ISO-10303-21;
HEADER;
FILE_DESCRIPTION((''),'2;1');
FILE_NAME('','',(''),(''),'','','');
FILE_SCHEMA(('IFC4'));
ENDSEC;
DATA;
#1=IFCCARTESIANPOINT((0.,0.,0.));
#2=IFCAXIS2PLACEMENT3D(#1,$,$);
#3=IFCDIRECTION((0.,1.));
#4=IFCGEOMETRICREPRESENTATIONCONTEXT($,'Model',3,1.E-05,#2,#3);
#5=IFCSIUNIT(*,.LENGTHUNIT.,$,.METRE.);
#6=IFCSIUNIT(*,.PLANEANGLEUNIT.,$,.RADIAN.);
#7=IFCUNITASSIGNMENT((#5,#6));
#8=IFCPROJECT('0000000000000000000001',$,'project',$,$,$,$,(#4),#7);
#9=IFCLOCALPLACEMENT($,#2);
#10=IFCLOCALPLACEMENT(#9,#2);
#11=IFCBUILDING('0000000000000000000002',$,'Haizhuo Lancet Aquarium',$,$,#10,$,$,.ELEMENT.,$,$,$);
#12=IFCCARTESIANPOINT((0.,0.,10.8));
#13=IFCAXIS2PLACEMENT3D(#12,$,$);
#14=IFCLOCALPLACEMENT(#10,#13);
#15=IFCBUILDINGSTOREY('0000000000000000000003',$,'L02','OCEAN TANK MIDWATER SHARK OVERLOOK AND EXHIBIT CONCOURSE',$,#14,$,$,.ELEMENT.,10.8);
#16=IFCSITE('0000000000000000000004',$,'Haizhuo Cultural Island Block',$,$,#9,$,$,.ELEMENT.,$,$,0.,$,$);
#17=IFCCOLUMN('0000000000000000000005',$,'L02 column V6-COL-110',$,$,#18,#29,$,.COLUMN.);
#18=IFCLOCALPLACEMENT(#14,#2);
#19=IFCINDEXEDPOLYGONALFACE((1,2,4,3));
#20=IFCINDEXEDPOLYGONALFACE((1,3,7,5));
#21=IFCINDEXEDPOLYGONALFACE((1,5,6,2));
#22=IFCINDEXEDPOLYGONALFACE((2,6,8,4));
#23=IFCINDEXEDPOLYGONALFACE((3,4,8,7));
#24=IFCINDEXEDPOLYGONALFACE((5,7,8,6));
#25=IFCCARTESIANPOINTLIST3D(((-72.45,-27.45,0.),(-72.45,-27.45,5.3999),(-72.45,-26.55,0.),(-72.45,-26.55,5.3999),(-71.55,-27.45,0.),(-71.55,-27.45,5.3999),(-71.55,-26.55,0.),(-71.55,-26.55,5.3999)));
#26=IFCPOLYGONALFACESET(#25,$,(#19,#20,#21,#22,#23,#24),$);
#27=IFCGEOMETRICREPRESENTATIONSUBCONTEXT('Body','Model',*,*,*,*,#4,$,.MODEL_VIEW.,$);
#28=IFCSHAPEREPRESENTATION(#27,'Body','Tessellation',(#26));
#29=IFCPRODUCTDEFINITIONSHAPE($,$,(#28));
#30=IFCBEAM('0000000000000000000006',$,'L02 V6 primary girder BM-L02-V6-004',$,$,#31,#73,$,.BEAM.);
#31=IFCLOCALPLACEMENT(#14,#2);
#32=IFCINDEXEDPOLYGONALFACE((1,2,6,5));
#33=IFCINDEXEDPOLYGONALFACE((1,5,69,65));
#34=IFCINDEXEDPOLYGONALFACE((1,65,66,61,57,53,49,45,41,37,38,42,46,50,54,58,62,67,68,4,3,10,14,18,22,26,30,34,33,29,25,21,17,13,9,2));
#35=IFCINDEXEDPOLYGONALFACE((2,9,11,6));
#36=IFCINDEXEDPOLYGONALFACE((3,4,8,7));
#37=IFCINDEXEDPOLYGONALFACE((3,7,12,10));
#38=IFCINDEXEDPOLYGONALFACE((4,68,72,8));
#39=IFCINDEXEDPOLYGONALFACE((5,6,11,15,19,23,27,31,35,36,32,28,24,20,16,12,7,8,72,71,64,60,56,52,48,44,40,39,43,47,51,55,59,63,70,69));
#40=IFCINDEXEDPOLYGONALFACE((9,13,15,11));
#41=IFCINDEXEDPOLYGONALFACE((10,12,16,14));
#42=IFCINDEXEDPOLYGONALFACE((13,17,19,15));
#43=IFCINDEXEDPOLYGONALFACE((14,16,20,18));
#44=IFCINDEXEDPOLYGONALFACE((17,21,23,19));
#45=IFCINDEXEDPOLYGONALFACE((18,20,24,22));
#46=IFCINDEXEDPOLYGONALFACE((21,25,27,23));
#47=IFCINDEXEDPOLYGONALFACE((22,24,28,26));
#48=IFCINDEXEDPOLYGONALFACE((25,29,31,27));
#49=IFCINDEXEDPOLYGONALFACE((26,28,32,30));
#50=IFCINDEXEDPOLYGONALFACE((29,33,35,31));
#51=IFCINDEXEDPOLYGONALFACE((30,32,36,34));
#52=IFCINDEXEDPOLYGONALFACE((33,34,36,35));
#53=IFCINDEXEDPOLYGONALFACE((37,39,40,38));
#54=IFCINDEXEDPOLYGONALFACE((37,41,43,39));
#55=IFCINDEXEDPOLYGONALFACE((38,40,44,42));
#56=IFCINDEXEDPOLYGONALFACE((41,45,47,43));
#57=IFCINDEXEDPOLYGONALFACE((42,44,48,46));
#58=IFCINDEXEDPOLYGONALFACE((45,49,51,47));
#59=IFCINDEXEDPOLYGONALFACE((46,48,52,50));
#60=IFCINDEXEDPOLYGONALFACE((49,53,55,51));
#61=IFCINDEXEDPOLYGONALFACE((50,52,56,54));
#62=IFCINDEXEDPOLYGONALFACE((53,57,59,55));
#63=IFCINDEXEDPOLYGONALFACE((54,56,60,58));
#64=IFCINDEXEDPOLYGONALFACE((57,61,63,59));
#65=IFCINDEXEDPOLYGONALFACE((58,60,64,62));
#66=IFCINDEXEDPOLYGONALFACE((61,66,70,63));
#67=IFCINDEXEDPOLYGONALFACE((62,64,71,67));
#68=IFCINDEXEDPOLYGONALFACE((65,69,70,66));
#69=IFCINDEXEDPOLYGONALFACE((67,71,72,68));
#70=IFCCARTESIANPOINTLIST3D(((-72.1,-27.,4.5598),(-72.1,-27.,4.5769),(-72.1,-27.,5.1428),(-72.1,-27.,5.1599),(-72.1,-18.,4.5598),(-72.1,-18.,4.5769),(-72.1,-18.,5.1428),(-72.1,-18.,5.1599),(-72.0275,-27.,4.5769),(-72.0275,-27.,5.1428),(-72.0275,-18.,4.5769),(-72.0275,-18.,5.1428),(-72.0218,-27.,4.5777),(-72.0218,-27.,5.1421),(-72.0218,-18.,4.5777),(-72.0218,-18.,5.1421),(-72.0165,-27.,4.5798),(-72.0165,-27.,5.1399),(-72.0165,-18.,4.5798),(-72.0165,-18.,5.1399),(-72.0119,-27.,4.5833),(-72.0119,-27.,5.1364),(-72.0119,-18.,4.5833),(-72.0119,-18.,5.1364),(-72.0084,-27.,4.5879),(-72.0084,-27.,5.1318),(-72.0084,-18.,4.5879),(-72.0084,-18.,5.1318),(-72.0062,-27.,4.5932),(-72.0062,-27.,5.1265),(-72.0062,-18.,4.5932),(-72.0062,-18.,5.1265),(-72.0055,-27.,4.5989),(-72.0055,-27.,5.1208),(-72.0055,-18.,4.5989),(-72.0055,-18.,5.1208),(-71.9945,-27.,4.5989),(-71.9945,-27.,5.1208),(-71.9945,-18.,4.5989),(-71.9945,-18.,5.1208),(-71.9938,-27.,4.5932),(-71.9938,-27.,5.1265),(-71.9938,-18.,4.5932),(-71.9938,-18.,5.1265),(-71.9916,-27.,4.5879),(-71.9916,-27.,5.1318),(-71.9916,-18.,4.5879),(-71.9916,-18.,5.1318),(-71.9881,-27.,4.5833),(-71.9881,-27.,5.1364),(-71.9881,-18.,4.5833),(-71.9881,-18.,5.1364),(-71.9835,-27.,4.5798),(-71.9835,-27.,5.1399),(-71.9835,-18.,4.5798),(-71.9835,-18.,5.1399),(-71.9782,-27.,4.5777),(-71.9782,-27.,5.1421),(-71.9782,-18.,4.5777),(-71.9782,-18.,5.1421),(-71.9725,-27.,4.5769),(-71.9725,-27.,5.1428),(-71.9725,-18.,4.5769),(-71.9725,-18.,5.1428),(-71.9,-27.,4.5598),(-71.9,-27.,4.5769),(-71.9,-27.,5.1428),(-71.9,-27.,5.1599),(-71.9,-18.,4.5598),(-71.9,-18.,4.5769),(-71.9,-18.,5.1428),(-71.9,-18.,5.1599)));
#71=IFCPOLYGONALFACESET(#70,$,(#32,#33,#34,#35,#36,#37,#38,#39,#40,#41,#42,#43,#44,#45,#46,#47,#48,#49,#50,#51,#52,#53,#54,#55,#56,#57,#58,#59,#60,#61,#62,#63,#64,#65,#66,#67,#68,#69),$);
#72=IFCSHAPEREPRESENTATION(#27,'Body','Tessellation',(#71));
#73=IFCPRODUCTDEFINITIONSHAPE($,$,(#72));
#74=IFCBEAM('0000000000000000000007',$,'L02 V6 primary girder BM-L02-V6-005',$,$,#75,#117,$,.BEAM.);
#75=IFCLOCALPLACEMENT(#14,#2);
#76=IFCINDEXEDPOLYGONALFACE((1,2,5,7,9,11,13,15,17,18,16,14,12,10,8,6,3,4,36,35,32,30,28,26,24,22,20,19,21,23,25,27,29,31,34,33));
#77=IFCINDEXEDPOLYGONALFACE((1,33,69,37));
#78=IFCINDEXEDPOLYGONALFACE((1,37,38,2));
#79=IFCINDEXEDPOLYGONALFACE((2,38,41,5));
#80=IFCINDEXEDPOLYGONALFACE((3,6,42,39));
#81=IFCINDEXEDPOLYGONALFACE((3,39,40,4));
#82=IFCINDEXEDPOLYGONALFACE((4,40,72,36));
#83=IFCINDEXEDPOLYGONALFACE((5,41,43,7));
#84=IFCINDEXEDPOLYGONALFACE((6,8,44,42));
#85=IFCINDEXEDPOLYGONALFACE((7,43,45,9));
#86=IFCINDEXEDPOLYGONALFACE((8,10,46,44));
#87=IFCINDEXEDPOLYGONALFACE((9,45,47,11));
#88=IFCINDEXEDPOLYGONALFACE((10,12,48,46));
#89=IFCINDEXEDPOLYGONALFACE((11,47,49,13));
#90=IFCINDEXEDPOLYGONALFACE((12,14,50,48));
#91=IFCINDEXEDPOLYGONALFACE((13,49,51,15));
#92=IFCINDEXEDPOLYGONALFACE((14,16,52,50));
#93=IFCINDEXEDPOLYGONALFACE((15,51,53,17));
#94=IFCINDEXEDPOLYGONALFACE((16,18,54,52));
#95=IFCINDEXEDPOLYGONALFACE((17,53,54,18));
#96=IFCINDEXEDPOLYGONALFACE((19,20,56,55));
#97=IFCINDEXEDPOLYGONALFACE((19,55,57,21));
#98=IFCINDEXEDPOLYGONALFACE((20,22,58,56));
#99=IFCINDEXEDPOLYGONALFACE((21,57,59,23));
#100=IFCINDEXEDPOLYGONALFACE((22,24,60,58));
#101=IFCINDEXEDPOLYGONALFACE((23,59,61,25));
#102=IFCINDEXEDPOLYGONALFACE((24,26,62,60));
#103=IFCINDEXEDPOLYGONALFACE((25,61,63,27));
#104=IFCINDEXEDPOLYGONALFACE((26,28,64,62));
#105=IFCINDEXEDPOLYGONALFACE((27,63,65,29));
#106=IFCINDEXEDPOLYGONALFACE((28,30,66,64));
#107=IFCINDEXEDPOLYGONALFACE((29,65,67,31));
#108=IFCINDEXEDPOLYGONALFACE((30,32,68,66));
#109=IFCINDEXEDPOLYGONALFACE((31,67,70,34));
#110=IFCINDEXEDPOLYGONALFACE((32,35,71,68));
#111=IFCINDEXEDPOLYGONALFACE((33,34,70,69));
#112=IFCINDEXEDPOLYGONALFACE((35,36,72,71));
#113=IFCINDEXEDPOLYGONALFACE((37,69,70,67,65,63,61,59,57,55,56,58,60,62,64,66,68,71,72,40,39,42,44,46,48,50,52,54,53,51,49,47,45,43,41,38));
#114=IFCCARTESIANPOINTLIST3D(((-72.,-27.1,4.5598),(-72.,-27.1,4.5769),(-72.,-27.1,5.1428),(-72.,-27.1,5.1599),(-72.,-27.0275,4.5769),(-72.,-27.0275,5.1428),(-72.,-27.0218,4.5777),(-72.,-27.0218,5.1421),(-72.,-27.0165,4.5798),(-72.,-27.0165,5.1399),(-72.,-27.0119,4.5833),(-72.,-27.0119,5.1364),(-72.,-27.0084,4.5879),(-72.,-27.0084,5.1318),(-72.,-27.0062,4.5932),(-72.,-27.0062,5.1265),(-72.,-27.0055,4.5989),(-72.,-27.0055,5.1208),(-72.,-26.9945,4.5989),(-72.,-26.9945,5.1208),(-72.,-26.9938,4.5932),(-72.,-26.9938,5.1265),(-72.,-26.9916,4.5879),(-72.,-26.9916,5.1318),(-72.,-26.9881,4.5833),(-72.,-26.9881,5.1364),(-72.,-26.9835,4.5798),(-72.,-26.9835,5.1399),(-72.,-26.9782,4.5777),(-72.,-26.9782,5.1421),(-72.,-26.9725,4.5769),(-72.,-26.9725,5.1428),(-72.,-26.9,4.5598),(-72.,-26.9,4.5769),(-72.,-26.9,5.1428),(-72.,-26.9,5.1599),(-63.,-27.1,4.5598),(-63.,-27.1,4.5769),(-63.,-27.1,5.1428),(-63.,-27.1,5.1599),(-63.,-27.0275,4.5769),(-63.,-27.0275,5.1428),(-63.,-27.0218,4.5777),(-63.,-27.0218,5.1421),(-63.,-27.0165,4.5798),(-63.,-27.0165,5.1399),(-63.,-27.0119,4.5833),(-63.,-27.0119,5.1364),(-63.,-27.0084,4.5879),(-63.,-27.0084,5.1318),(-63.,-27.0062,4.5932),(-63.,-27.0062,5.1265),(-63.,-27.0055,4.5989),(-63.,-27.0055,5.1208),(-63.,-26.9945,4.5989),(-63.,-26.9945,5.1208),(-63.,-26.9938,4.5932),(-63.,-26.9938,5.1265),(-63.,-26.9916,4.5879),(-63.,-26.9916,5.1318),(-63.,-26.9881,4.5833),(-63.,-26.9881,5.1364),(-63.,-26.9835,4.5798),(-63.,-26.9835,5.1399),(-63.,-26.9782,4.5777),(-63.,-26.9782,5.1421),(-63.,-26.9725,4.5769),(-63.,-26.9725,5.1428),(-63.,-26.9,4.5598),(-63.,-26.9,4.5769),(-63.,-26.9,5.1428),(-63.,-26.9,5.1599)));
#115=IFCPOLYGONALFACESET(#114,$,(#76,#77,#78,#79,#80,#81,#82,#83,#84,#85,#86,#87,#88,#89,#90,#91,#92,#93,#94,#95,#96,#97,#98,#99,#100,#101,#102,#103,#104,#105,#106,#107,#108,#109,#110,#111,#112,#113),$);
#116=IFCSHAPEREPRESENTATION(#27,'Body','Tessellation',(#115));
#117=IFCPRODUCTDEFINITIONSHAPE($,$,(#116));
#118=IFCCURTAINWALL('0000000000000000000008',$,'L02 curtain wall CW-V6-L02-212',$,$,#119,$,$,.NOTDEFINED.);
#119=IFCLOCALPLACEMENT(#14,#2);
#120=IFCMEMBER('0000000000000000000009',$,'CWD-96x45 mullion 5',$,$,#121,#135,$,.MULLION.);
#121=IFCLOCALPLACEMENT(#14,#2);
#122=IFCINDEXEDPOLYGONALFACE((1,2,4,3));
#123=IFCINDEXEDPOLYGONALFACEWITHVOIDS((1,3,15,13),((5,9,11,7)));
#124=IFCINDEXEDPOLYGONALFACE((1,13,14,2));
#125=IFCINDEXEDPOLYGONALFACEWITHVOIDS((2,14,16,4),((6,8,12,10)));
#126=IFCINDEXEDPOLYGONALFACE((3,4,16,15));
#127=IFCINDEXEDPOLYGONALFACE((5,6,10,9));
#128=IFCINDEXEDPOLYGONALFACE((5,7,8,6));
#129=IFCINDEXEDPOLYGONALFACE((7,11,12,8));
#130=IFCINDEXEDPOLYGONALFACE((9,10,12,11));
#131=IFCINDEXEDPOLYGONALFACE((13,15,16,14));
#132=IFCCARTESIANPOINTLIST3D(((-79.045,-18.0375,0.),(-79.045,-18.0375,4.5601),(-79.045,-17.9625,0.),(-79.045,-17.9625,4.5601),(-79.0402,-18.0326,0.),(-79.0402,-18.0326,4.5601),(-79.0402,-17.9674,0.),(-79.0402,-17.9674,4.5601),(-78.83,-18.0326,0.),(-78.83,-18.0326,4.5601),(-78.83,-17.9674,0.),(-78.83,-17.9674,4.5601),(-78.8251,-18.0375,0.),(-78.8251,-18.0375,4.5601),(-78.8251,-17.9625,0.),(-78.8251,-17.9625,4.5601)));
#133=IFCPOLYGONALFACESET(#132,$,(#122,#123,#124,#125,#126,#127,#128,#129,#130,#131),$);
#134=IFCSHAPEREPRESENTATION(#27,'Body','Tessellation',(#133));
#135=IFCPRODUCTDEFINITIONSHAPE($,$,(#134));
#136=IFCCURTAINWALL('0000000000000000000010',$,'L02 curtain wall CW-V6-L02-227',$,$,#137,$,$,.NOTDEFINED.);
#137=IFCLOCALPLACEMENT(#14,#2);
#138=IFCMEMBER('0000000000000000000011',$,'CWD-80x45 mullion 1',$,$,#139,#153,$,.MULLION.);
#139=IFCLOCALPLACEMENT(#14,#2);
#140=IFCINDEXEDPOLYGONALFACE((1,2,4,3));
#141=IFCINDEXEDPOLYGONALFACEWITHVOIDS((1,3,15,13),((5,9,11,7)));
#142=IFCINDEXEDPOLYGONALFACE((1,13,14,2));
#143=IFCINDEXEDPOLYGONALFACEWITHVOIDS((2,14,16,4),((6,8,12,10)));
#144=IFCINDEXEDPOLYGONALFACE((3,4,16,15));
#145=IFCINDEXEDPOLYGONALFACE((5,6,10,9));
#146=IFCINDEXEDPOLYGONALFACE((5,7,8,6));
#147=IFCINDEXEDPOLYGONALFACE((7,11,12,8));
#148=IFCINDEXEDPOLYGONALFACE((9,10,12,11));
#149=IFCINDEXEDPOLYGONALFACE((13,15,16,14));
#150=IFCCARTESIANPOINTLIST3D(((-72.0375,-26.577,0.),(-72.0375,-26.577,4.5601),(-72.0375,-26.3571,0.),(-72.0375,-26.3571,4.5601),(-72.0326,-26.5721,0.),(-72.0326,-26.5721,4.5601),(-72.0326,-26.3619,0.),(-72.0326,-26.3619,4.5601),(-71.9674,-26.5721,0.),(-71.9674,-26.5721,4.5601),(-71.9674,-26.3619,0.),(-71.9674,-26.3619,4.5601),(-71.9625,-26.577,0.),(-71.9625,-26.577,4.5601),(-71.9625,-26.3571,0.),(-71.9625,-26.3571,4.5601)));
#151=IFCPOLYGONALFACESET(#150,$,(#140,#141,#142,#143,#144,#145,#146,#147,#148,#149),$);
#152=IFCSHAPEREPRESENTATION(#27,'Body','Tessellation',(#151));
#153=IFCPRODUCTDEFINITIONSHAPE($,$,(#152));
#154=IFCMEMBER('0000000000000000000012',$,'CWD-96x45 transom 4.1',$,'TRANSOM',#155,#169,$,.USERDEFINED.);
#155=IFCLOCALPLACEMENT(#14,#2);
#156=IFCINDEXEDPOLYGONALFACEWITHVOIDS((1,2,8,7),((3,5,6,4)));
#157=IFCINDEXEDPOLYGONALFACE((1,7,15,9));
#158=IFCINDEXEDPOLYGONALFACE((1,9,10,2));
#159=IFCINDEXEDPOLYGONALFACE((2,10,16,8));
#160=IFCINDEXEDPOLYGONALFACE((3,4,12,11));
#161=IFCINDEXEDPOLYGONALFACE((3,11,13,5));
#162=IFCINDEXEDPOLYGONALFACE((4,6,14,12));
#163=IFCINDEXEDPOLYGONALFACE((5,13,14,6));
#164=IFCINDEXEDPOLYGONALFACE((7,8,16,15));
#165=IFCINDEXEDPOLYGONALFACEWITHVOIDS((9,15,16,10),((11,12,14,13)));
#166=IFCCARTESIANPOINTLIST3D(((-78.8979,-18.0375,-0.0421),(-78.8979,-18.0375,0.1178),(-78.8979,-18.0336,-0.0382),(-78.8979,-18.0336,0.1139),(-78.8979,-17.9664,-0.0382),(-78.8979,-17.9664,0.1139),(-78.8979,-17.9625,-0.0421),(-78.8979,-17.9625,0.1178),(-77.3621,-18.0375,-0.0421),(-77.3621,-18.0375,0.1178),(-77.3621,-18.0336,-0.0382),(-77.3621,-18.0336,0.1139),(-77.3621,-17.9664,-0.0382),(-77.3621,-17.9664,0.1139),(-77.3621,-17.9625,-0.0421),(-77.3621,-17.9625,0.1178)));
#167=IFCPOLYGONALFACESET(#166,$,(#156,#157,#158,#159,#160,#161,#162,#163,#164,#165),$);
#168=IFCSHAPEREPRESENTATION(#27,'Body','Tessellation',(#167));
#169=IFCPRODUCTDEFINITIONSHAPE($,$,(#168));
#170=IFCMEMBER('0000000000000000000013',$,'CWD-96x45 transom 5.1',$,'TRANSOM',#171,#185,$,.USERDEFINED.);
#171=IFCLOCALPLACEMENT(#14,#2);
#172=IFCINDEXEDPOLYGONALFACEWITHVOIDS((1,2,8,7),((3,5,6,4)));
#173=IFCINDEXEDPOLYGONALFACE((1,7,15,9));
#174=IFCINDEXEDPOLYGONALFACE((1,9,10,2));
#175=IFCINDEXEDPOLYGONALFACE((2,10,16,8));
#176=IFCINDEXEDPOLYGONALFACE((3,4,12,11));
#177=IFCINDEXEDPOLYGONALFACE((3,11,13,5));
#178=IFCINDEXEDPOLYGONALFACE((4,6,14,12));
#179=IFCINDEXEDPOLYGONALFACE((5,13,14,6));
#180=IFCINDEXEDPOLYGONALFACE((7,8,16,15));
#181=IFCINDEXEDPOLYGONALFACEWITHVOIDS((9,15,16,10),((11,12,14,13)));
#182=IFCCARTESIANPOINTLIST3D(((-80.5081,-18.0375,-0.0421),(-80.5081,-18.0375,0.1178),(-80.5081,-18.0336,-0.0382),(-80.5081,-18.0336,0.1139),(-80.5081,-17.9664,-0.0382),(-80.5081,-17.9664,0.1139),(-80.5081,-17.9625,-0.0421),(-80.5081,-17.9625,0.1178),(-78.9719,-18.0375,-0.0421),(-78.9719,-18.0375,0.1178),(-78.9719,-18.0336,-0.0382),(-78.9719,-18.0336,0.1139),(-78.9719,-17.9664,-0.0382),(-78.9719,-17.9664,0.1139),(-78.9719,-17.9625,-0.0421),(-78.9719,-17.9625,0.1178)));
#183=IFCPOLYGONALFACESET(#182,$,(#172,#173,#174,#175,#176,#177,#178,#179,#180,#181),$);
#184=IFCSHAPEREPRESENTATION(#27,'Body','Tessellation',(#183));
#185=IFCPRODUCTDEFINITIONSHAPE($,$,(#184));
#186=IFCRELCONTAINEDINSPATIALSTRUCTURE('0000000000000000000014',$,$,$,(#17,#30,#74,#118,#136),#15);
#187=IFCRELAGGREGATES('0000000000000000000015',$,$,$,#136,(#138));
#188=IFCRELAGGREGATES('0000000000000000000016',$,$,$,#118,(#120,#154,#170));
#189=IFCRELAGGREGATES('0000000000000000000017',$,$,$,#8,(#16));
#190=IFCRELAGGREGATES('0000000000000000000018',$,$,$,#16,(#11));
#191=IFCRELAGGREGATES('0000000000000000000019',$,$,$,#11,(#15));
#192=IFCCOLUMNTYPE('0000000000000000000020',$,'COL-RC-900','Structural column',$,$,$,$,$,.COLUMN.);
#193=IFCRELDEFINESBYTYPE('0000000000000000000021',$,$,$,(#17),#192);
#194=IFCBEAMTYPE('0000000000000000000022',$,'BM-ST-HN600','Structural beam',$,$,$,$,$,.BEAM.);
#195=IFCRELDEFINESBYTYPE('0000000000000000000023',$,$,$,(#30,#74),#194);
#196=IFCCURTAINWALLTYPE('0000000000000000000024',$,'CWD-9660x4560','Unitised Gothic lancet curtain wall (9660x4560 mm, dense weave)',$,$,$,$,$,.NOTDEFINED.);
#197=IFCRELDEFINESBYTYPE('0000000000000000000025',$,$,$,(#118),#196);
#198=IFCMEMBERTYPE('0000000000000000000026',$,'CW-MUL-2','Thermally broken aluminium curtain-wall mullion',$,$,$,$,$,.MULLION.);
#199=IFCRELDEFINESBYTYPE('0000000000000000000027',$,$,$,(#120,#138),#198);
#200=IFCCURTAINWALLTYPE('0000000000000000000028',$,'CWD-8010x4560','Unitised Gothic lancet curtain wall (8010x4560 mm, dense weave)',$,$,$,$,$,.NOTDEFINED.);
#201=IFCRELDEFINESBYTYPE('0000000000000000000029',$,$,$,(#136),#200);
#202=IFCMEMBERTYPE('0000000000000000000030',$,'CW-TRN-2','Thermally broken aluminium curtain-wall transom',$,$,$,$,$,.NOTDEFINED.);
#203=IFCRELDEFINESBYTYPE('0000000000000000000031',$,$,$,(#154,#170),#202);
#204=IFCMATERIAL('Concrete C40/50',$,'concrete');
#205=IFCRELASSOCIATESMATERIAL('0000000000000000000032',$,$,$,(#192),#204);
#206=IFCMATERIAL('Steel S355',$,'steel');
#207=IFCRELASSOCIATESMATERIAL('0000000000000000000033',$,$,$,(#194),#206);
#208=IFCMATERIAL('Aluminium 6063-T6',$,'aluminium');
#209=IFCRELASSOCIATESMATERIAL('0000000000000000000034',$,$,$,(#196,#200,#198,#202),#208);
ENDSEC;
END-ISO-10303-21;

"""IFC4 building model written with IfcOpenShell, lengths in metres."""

from ifc_helpers import new_model, si_unit, direction, frame, origin, origin_2d, place, context, subcontext, project, spatial, rectangle, hollow_rectangle, i_section, extrude, material, material_profile, profile_set, type_object, element, aggregate, save


model = new_model("IFC4")

# Units and contexts
model_context = context("Model", 3, precision=1e-05, world=origin(), true_north=direction((0.0, 1.0)))
body_context = subcontext(model_context, "Body", "Model", "MODEL_VIEW")
ifc_project = project(units=[si_unit("LENGTHUNIT", "METRE"), si_unit("PLANEANGLEUNIT", "RADIAN")], contexts=[model_context])

# Site, building, storey
site_placement = place(None, origin())
site = spatial("IfcSite", under=ifc_project, at=site_placement, Name="Haizhuo Cultural Island Block", CompositionType="ELEMENT", RefElevation=0.0)
building_placement = place(site_placement, origin())
building = spatial("IfcBuilding", under=site, at=building_placement, Name="Haizhuo Lancet Aquarium", CompositionType="ELEMENT")
storey_placement = place(building_placement, frame((0.0, 0.0, 10.8)))
storey = spatial("IfcBuildingStorey", under=building, at=storey_placement, Name="L02", Description="OCEAN TANK MIDWATER SHARK OVERLOOK AND EXHIBIT CONCOURSE", CompositionType="ELEMENT", Elevation=10.8)

# Column
ifc_material_1 = material(Name="Concrete C40/50", Category="concrete")
ifc_material_profile_1 = material_profile(ifc_material_1, rectangle(XDim=0.8999, YDim=0.8999, at=origin_2d()), Name="RC-COL 900x900")
ifc_profile_set_1 = profile_set([ifc_material_profile_1], Name="Concrete C40/50")
column_type = type_object("IfcColumnType", Name="COL-RC-900", Description="Structural column", PredefinedType="COLUMN", material=ifc_profile_set_1)
column_placement = place(storey_placement, frame((-72.0, -27.0, 0.0), z_axis=(0.0, 0.0, 1.0), x_axis=(1.0, 0.0, 0.0)))
element("IfcColumn", 1, at=column_placement, inside=storey, type_object=column_type, Name="L02 column V6-COL-110", PredefinedType="COLUMN", context=body_context, shape_type="SweptSolid", body=[
    extrude(rectangle(XDim=0.8999, YDim=0.8999, at=origin_2d()), origin(), (0.0, 0.0, 1.0), 5.3999),
])

# Beams
ifc_material_2 = material(Name="Steel S355", Category="steel")
ifc_material_profile_2 = material_profile(ifc_material_2, i_section(OverallWidth=0.2, OverallDepth=0.6001, WebThickness=0.011, FlangeThickness=0.0171, FilletRadius=0.022, at=origin_2d()), Name="HN 600x200x11x17")
ifc_profile_set_2 = profile_set([ifc_material_profile_2], Name="Steel S355")
beam_type = type_object("IfcBeamType", Name="BM-ST-HN600", Description="Structural beam", PredefinedType="BEAM", material=ifc_profile_set_2)
for number, where, z_axis, x_axis, name in (
    (2, (-72.0, -27.0, 4.8599), (0.0, 1.0, 0.0), (-1.0, 0.0, 0.0), "L02 V6 primary girder BM-L02-V6-004"),
    (3, (-72.0, -27.0, 4.8599), (1.0, 0.0, 0.0), (0.0, 1.0, 0.0), "L02 V6 primary girder BM-L02-V6-005"),
):
    element("IfcBeam", number, at=place(storey_placement, frame(where, z_axis=z_axis, x_axis=x_axis)), inside=storey, type_object=beam_type, Name=name, PredefinedType="BEAM", context=body_context, shape_type="SweptSolid", body=[
        extrude(i_section(OverallWidth=0.2, OverallDepth=0.6001, WebThickness=0.011, FlangeThickness=0.0171, FilletRadius=0.022, at=origin_2d()), origin(), (0.0, 0.0, 1.0), 9.0),
    ])

# Curtain walls, members
ifc_material_3 = material(Name="Aluminium 6063-T6", Category="aluminium")
curtain_wall_type_1 = type_object("IfcCurtainWallType", Name="CWD-9660x4560", Description="Unitised Gothic lancet curtain wall (9660x4560 mm, dense weave)", PredefinedType="NOTDEFINED", material=ifc_material_3)
curtain_wall_1_placement = place(storey_placement, origin())
curtain_wall_1 = element("IfcCurtainWall", 4, at=curtain_wall_1_placement, inside=storey, type_object=curtain_wall_type_1, Name="L02 curtain wall CW-V6-L02-212", PredefinedType="NOTDEFINED")
ifc_material_profile_3 = material_profile(ifc_material_3, hollow_rectangle(XDim=0.075, YDim=0.22, WallThickness=0.0049, at=origin_2d()), Name="ALU-M 75x220x5")
ifc_profile_set_3 = profile_set([ifc_material_profile_3], Name="Aluminium 6063-T6")
member_type_1 = type_object("IfcMemberType", Name="CW-MUL-2", Description="Thermally broken aluminium curtain-wall mullion", PredefinedType="MULLION", material=ifc_profile_set_3)
member_1_placement = place(storey_placement, frame((-78.9351, -18.0, 0.0), z_axis=(0.0, 0.0, 1.0), x_axis=(0.0, -1.0, 0.0)))
member_1 = element("IfcMember", 5, at=member_1_placement, type_object=member_type_1, Name="CWD-96x45 mullion 5", PredefinedType="MULLION", context=body_context, shape_type="SweptSolid", body=[
    extrude(hollow_rectangle(XDim=0.075, YDim=0.22, WallThickness=0.0049, at=origin_2d()), origin(), (0.0, 0.0, 1.0), 4.5601),
])
curtain_wall_type_2 = type_object("IfcCurtainWallType", Name="CWD-8010x4560", Description="Unitised Gothic lancet curtain wall (8010x4560 mm, dense weave)", PredefinedType="NOTDEFINED", material=ifc_material_3)
curtain_wall_2_placement = place(storey_placement, origin())
curtain_wall_2 = element("IfcCurtainWall", 6, at=curtain_wall_2_placement, inside=storey, type_object=curtain_wall_type_2, Name="L02 curtain wall CW-V6-L02-227", PredefinedType="NOTDEFINED")
member_2_placement = place(storey_placement, frame((-72.0, -26.467, 0.0), z_axis=(0.0, 0.0, 1.0), x_axis=(-1.0, 0.0, 0.0)))
member_2 = element("IfcMember", 7, at=member_2_placement, type_object=member_type_1, Name="CWD-80x45 mullion 1", PredefinedType="MULLION", context=body_context, shape_type="SweptSolid", body=[
    extrude(hollow_rectangle(XDim=0.075, YDim=0.22, WallThickness=0.0049, at=origin_2d()), origin(), (0.0, 0.0, 1.0), 4.5601),
])
aggregate(curtain_wall_2, [member_2])

# Members
ifc_material_profile_4 = material_profile(ifc_material_3, hollow_rectangle(XDim=0.075, YDim=0.1599, WallThickness=0.0039, at=origin_2d()), Name="ALU-T 75x160x4")
ifc_profile_set_4 = profile_set([ifc_material_profile_4], Name="Aluminium 6063-T6")
member_type_2 = type_object("IfcMemberType", Name="CW-TRN-2", Description="Thermally broken aluminium curtain-wall transom", PredefinedType="NOTDEFINED", material=ifc_profile_set_4)
member_3_placement = place(storey_placement, frame((-77.3621, -18.0, 0.0378), z_axis=(-1.0, 0.0, 0.0), x_axis=(0.0, -1.0, 0.0)))
member_3 = element("IfcMember", 8, at=member_3_placement, type_object=member_type_2, Name="CWD-96x45 transom 4.1", ObjectType="TRANSOM", PredefinedType="USERDEFINED", context=body_context, shape_type="SweptSolid", body=[
    extrude(hollow_rectangle(XDim=0.075, YDim=0.1599, WallThickness=0.0039, at=origin_2d()), origin(), (0.0, 0.0, 1.0), 1.5359),
])
member_4_placement = place(storey_placement, frame((-78.9719, -18.0, 0.0378), z_axis=(-1.0, 0.0, 0.0), x_axis=(0.0, -1.0, 0.0)))
member_4 = element("IfcMember", 9, at=member_4_placement, type_object=member_type_2, Name="CWD-96x45 transom 5.1", ObjectType="TRANSOM", PredefinedType="USERDEFINED", context=body_context, shape_type="SweptSolid", body=[
    extrude(hollow_rectangle(XDim=0.075, YDim=0.1599, WallThickness=0.0039, at=origin_2d()), origin(), (0.0, 0.0, 1.0), 1.5361),
])

aggregate(curtain_wall_1, [member_1, member_3, member_4])

save(model, "model.ifc")
